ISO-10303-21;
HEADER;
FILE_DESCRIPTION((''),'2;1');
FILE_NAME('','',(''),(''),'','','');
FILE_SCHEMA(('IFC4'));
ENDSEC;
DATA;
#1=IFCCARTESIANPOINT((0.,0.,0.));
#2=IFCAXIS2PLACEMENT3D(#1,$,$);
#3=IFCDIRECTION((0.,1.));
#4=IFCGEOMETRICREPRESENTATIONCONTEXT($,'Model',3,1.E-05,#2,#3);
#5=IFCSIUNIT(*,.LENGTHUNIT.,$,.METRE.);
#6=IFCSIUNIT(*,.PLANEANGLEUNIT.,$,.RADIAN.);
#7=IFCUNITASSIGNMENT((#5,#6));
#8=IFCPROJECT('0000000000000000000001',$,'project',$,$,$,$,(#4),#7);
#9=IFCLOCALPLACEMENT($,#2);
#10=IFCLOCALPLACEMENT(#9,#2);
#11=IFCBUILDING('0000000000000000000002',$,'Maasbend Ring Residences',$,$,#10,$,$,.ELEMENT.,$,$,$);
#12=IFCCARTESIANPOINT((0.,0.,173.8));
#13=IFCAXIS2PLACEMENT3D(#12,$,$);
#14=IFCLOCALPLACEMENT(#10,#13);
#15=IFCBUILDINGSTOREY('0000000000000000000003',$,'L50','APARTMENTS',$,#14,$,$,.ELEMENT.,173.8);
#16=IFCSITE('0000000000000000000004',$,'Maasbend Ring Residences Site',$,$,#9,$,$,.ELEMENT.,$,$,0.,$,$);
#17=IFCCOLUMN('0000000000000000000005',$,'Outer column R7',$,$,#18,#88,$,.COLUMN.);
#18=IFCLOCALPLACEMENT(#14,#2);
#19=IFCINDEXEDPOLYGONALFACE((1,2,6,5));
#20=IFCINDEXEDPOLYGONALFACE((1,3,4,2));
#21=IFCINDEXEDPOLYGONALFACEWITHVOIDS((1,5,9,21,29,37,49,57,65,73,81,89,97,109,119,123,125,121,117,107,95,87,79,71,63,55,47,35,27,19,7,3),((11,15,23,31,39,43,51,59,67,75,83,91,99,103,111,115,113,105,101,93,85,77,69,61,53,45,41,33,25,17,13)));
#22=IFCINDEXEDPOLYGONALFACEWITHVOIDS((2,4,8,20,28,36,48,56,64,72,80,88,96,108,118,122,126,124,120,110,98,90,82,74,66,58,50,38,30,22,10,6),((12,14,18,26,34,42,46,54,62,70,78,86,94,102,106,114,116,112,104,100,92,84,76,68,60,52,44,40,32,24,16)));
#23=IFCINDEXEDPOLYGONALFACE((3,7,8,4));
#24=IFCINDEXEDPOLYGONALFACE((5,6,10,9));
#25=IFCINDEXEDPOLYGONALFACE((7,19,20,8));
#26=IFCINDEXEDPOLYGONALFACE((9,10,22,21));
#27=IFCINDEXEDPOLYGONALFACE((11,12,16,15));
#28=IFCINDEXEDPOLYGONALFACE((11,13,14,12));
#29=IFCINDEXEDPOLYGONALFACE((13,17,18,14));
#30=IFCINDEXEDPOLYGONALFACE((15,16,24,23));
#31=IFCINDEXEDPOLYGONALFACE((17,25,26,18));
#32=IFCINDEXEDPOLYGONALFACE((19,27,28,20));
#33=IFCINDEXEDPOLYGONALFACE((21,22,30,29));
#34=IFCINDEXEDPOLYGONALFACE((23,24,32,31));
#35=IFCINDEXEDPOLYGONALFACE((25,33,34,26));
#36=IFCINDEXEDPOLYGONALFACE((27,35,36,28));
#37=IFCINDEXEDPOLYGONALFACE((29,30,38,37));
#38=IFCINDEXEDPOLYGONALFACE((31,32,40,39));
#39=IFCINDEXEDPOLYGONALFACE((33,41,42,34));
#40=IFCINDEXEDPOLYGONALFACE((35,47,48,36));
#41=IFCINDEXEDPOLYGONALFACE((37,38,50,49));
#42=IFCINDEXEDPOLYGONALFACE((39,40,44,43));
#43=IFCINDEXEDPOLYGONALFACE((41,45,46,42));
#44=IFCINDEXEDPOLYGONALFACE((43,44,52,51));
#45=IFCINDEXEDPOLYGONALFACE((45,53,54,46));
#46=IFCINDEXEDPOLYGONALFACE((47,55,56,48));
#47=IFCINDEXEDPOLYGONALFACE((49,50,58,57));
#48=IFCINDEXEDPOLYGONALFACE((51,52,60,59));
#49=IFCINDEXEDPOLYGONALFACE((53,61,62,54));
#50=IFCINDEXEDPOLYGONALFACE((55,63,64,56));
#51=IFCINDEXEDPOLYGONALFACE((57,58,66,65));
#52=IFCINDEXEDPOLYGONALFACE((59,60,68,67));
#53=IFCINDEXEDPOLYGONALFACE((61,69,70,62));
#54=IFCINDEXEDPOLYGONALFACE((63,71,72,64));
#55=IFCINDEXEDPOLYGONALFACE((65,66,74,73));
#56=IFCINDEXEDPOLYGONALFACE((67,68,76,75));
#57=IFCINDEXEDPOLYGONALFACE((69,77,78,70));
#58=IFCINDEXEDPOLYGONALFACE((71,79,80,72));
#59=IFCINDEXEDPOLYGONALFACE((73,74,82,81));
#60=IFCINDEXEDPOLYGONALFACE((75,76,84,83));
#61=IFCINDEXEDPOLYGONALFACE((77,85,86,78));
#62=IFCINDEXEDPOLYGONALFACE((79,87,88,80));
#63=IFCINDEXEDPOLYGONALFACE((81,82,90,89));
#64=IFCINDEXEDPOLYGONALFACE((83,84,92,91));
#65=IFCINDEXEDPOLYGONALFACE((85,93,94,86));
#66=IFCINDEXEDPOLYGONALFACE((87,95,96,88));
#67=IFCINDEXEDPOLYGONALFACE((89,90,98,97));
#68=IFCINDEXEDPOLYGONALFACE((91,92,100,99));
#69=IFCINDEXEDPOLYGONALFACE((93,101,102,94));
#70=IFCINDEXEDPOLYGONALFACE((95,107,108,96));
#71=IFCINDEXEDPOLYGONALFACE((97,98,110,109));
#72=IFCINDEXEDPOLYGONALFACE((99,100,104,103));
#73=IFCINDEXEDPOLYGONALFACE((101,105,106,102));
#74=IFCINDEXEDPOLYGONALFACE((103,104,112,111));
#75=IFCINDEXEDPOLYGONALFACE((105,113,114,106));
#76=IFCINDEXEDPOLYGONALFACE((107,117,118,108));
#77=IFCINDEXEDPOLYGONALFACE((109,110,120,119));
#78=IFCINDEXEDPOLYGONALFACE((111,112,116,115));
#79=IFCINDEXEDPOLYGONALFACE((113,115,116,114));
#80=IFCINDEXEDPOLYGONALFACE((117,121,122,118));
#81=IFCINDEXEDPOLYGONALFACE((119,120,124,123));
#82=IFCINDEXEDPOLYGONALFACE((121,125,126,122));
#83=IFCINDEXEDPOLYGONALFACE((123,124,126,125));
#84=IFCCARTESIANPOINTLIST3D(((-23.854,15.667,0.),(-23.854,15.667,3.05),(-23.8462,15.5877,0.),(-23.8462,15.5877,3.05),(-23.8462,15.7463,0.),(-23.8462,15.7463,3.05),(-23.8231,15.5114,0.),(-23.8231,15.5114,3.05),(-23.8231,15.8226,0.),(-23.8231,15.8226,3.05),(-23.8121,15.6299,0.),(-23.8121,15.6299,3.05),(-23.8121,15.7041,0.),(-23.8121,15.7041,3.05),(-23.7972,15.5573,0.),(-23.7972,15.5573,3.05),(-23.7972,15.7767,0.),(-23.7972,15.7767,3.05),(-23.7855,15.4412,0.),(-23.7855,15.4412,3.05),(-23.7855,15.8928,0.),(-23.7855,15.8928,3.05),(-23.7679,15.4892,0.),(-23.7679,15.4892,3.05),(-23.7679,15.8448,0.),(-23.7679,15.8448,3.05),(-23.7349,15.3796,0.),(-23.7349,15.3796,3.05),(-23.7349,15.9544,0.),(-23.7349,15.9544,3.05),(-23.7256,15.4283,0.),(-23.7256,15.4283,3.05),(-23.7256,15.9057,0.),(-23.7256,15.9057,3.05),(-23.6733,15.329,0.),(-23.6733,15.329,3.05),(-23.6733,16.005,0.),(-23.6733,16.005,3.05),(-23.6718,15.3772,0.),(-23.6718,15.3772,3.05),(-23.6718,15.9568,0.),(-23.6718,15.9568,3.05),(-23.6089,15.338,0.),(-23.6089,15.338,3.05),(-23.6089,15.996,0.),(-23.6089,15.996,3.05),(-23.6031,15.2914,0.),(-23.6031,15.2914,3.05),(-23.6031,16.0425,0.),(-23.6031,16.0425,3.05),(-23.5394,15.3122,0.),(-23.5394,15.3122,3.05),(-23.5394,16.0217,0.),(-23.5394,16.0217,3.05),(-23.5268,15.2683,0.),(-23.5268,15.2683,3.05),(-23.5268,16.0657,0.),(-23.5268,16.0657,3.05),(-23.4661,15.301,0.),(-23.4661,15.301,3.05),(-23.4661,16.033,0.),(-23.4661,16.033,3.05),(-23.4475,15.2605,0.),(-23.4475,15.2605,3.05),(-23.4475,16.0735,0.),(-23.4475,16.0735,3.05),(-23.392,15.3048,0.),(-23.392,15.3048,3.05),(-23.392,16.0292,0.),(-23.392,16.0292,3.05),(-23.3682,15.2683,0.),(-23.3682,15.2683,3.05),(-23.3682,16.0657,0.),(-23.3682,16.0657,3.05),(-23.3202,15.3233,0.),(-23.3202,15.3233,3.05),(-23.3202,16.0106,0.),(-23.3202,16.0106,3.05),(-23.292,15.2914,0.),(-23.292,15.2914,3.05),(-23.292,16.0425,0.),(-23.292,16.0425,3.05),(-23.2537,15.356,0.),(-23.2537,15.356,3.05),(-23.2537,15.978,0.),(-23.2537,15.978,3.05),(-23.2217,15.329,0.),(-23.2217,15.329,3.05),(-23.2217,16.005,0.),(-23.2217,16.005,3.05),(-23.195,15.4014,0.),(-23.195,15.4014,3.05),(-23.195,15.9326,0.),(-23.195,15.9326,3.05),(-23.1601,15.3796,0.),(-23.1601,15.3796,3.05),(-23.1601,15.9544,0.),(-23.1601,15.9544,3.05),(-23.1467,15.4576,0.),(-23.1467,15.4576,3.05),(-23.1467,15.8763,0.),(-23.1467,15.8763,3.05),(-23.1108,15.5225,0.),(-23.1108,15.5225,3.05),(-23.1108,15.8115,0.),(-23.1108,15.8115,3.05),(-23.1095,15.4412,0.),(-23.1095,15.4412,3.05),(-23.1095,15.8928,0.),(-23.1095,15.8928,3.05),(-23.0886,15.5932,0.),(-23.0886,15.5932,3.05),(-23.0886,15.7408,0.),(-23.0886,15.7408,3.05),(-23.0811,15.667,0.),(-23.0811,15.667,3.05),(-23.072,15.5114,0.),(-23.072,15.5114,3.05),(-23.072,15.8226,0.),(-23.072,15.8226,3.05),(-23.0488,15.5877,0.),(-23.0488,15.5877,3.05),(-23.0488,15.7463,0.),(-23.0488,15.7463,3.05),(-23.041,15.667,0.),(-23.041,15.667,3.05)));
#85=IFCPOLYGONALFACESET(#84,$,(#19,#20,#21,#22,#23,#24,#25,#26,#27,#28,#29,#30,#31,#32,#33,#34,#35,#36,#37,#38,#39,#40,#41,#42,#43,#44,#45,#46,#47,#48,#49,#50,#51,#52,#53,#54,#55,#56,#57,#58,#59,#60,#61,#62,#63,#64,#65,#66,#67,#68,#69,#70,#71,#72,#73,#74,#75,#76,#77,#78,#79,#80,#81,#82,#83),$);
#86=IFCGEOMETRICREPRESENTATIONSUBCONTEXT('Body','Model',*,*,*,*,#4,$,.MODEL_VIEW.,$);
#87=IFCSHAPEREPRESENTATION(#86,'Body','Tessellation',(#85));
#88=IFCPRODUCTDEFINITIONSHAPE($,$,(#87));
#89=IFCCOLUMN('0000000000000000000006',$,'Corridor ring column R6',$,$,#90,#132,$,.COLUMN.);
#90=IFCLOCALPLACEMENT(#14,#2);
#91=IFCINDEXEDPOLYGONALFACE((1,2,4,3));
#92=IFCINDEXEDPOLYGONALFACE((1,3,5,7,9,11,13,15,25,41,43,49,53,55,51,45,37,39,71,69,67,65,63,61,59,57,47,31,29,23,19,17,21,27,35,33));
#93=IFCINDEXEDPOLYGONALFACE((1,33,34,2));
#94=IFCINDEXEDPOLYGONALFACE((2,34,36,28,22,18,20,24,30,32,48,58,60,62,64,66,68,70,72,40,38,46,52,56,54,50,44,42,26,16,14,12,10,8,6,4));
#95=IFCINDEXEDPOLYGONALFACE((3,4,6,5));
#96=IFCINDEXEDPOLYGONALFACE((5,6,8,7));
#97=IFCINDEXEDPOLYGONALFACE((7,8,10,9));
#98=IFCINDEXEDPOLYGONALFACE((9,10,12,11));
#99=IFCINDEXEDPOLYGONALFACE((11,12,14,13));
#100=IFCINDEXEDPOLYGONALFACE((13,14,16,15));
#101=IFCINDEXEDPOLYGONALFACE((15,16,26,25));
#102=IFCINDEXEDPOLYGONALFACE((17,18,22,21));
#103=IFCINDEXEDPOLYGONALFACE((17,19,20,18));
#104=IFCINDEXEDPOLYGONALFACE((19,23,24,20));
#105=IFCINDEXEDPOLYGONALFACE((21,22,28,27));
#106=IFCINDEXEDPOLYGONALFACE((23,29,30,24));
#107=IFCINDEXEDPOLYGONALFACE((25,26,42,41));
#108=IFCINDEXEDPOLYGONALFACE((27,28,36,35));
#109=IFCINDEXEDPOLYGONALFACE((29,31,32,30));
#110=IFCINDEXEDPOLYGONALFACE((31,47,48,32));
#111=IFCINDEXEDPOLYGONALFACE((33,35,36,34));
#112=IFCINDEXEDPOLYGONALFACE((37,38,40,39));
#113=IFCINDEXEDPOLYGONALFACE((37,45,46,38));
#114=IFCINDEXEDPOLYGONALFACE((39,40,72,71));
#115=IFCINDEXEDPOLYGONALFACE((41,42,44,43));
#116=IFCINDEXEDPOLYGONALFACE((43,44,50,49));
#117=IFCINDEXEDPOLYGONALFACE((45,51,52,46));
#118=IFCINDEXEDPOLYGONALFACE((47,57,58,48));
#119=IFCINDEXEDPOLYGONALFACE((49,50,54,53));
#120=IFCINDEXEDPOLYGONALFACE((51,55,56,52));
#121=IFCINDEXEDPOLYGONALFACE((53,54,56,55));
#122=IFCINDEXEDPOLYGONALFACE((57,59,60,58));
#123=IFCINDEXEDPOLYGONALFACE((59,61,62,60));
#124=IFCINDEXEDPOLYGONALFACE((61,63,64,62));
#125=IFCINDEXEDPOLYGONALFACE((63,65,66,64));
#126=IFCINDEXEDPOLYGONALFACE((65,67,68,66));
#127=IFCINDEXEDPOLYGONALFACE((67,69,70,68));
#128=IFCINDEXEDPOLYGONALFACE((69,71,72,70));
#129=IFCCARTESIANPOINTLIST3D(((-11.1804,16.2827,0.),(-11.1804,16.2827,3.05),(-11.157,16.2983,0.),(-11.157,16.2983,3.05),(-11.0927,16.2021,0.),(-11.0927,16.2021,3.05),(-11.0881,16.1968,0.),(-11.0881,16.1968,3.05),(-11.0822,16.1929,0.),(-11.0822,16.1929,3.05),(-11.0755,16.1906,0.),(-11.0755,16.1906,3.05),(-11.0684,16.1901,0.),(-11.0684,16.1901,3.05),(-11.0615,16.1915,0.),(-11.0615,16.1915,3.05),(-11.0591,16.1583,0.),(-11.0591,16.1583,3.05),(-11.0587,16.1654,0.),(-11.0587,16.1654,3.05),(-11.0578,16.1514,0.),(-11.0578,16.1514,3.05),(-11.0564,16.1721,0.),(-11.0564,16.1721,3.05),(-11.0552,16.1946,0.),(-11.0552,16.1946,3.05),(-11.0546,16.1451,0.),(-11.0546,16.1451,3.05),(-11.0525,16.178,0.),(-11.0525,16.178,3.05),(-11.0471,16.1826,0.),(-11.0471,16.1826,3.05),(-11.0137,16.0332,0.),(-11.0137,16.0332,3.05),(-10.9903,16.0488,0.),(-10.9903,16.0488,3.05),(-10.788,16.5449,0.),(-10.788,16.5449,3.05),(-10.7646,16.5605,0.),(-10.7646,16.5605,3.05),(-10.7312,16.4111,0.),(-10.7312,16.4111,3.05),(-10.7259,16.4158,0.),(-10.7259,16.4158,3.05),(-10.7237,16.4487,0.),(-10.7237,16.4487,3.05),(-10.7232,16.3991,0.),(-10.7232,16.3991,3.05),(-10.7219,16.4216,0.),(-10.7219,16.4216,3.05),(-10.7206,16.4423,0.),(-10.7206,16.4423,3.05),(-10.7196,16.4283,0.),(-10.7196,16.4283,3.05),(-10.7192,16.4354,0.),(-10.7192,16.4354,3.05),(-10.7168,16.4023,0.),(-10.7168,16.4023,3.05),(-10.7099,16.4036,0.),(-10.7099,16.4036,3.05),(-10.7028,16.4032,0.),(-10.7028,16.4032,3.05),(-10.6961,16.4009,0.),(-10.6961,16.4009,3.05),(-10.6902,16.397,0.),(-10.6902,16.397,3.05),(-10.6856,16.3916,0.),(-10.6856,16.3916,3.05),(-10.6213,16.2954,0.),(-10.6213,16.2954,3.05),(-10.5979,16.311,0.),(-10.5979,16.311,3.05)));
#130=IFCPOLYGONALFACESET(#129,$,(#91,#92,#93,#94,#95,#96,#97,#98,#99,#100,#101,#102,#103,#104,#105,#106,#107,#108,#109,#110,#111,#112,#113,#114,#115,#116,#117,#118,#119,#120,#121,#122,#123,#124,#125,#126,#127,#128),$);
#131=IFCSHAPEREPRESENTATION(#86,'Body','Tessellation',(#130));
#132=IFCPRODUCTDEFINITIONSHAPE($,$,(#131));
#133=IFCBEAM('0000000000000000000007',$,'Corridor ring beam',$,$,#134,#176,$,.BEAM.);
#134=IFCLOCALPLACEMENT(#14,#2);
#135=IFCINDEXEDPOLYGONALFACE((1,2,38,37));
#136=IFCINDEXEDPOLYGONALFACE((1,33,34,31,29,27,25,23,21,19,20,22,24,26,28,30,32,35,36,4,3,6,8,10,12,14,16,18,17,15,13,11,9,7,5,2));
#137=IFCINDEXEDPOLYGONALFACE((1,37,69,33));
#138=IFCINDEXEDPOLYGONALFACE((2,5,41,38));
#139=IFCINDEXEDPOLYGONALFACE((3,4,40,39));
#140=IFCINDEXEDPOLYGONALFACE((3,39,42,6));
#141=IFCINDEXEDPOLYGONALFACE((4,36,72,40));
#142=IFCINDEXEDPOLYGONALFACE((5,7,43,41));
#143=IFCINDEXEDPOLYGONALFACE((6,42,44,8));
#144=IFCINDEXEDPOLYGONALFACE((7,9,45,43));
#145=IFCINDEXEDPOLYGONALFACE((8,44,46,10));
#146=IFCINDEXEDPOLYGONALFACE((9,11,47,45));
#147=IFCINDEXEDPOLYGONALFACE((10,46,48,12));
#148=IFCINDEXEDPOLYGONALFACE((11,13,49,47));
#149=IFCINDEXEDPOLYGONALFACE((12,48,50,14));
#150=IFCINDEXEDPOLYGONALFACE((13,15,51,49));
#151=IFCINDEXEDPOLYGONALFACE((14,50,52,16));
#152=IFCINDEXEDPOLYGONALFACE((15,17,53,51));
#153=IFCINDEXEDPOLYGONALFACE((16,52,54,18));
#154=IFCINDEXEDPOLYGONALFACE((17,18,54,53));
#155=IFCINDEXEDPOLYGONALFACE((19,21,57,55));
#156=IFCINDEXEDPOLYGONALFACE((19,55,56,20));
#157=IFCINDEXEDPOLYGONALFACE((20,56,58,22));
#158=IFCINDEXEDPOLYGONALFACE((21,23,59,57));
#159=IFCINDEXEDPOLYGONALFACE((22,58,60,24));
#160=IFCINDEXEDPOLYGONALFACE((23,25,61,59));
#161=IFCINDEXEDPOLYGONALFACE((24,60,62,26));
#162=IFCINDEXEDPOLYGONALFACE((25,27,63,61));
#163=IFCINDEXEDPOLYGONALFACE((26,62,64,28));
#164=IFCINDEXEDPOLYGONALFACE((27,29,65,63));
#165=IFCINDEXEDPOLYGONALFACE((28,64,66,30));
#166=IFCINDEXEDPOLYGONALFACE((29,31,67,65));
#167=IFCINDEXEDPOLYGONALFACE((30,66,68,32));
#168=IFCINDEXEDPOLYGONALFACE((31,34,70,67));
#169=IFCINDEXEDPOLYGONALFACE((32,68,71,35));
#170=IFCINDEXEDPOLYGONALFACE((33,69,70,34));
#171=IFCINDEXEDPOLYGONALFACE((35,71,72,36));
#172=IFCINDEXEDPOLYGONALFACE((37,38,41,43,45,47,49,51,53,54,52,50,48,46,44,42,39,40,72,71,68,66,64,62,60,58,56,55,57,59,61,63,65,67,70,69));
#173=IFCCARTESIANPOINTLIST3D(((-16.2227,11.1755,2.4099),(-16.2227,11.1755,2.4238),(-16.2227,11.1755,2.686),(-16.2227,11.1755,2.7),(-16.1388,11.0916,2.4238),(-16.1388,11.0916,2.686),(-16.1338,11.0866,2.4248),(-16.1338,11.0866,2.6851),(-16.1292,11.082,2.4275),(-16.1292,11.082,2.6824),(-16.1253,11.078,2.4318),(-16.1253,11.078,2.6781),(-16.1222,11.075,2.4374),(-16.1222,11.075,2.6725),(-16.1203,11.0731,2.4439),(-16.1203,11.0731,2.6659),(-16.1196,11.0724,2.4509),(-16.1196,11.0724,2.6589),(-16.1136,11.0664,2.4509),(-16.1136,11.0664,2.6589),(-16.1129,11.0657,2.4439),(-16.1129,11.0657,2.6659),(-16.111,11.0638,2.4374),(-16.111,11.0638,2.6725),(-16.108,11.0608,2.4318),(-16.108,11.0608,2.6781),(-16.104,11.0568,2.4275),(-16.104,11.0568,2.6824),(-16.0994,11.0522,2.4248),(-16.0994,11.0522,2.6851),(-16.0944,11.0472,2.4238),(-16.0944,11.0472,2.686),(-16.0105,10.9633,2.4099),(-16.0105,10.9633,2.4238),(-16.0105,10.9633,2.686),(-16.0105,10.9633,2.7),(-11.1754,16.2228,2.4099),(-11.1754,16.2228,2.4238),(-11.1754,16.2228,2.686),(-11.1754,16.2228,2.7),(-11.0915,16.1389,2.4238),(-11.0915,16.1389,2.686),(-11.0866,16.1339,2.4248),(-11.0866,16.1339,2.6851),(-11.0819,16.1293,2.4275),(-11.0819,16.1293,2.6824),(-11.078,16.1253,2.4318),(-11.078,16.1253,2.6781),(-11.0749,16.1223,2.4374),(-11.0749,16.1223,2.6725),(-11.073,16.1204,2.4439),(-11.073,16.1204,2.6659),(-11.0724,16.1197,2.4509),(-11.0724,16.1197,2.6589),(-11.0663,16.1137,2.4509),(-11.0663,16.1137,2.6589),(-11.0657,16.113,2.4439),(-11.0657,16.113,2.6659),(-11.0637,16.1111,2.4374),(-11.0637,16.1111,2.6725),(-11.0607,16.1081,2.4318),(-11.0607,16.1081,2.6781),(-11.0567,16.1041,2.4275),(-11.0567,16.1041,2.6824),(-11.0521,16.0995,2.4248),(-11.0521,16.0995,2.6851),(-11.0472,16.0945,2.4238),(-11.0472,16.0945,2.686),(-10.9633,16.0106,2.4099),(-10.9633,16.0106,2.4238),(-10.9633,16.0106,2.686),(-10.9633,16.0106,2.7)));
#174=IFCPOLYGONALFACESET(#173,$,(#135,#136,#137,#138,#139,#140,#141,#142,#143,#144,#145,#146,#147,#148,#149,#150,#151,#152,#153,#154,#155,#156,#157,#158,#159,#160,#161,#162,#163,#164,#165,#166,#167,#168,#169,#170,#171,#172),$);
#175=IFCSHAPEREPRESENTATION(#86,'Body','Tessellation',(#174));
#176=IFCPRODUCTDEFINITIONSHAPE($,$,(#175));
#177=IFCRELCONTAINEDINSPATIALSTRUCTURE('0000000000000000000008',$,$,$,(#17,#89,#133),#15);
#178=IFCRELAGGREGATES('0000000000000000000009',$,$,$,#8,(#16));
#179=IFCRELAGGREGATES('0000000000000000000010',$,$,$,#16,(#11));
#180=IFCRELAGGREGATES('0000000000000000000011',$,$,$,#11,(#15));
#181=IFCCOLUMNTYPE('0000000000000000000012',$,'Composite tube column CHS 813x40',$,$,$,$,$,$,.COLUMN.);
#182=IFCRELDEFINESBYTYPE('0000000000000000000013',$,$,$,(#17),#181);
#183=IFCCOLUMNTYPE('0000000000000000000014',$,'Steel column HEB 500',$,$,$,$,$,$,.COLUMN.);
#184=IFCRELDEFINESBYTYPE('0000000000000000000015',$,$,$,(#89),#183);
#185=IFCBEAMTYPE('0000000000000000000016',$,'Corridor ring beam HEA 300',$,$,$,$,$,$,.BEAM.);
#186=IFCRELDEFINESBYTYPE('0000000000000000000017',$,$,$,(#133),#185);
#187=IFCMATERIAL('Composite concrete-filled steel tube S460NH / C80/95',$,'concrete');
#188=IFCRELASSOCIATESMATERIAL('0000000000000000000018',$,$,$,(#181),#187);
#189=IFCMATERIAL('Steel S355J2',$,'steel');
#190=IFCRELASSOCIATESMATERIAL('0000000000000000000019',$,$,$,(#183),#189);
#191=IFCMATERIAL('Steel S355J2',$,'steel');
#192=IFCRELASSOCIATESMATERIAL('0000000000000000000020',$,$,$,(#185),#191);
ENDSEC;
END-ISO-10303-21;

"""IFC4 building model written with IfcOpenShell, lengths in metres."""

from ifc_helpers import new_model, si_unit, direction, frame, origin, origin_2d, place, context, subcontext, project, spatial, hollow_circle, i_section, extrude, material, material_profile, profile_set, type_object, element, save


model = new_model("IFC4")

# Units and contexts
model_context = context("Model", 3, precision=1e-05, world=origin(), true_north=direction((0.0, 1.0)))
body_context = subcontext(model_context, "Body", "Model", "MODEL_VIEW")
ifc_project = project(units=[si_unit("LENGTHUNIT", "METRE"), si_unit("PLANEANGLEUNIT", "RADIAN")], contexts=[model_context])

# Site, building, storey
site_placement = place(None, origin())
site = spatial("IfcSite", under=ifc_project, at=site_placement, Name="Maasbend Ring Residences Site", CompositionType="ELEMENT", RefElevation=0.0)
building_placement = place(site_placement, origin())
building = spatial("IfcBuilding", under=site, at=building_placement, Name="Maasbend Ring Residences", CompositionType="ELEMENT")
storey_placement = place(building_placement, frame((0.0, 0.0, 173.8)))
storey = spatial("IfcBuildingStorey", under=building, at=storey_placement, Name="L50", Description="APARTMENTS", CompositionType="ELEMENT", Elevation=173.8)

# Columns
ifc_material_1 = material(Name="Composite concrete-filled steel tube S460NH / C80/95", Category="concrete")
ifc_material_profile_1 = material_profile(ifc_material_1, hollow_circle(Radius=0.4065, WallThickness=0.04, at=origin_2d()), Name="Composite tube column CHS 813x40")
ifc_profile_set_1 = profile_set([ifc_material_profile_1], Name="Composite concrete-filled steel tube S460NH / C80/95")
column_type_1 = type_object("IfcColumnType", Name="Composite tube column CHS 813x40", PredefinedType="COLUMN", material=ifc_profile_set_1)
column_1_placement = place(storey_placement, frame((-23.4475, 15.667, 0.0), z_axis=(0.0, 0.0, 1.0), x_axis=(1.0, 0.0, 0.0)))
element("IfcColumn", 1, at=column_1_placement, inside=storey, type_object=column_type_1, Name="Outer column R7", PredefinedType="COLUMN", context=body_context, shape_type="SweptSolid", body=[
    extrude(hollow_circle(Radius=0.4065, WallThickness=0.04, at=origin_2d()), origin(), (0.0, 0.0, 1.0), 3.05),
])
ifc_material_2 = material(Name="Steel S355J2", Category="steel")
ifc_material_profile_2 = material_profile(ifc_material_2, i_section(OverallWidth=0.3, OverallDepth=0.5, WebThickness=0.0144, FlangeThickness=0.0281, FilletRadius=0.0271, at=origin_2d()), Name="HEB 500")
ifc_profile_set_2 = profile_set([ifc_material_profile_2], Name="Steel S355J2")
column_type_2 = type_object("IfcColumnType", Name="Steel column HEB 500", PredefinedType="COLUMN", material=ifc_profile_set_2)
column_2_placement = place(storey_placement, frame((-10.8892, 16.2969, 0.0), z_axis=(0.0, 0.0, 1.0), x_axis=(-0.55557, 0.83147, 0.0)))
element("IfcColumn", 2, at=column_2_placement, inside=storey, type_object=column_type_2, Name="Corridor ring column R6", PredefinedType="COLUMN", context=body_context, shape_type="SweptSolid", body=[
    extrude(i_section(OverallWidth=0.3, OverallDepth=0.5, WebThickness=0.0144, FlangeThickness=0.0281, FilletRadius=0.0271, at=origin_2d()), origin(), (0.0, 0.0, 1.0), 3.05),
])

# Beam
ifc_material_3 = material(Name="Steel S355J2", Category="steel")
ifc_material_profile_3 = material_profile(ifc_material_3, i_section(OverallWidth=0.3, OverallDepth=0.29, WebThickness=0.0085, FlangeThickness=0.0139, FilletRadius=0.0271, at=origin_2d()), Name="HEA 300")
ifc_profile_set_3 = profile_set([ifc_material_profile_3], Name="Steel S355J2")
beam_type = type_object("IfcBeamType", Name="Corridor ring beam HEA 300", PredefinedType="BEAM", material=ifc_profile_set_3)
beam_placement = place(storey_placement, frame((-11.0693, 16.1167, 2.5549), z_axis=(-0.707107, -0.707107, 0.0), x_axis=(0.707107, -0.707107, 0.0)))
element("IfcBeam", 3, at=beam_placement, inside=storey, type_object=beam_type, Name="Corridor ring beam", PredefinedType="BEAM", context=body_context, shape_type="SweptSolid", body=[
    extrude(i_section(OverallWidth=0.3, OverallDepth=0.29, WebThickness=0.0085, FlangeThickness=0.0139, FilletRadius=0.0271, at=origin_2d()), origin(), (0.0, 0.0, 1.0), 7.1379),
])

save(model, "model.ifc")
